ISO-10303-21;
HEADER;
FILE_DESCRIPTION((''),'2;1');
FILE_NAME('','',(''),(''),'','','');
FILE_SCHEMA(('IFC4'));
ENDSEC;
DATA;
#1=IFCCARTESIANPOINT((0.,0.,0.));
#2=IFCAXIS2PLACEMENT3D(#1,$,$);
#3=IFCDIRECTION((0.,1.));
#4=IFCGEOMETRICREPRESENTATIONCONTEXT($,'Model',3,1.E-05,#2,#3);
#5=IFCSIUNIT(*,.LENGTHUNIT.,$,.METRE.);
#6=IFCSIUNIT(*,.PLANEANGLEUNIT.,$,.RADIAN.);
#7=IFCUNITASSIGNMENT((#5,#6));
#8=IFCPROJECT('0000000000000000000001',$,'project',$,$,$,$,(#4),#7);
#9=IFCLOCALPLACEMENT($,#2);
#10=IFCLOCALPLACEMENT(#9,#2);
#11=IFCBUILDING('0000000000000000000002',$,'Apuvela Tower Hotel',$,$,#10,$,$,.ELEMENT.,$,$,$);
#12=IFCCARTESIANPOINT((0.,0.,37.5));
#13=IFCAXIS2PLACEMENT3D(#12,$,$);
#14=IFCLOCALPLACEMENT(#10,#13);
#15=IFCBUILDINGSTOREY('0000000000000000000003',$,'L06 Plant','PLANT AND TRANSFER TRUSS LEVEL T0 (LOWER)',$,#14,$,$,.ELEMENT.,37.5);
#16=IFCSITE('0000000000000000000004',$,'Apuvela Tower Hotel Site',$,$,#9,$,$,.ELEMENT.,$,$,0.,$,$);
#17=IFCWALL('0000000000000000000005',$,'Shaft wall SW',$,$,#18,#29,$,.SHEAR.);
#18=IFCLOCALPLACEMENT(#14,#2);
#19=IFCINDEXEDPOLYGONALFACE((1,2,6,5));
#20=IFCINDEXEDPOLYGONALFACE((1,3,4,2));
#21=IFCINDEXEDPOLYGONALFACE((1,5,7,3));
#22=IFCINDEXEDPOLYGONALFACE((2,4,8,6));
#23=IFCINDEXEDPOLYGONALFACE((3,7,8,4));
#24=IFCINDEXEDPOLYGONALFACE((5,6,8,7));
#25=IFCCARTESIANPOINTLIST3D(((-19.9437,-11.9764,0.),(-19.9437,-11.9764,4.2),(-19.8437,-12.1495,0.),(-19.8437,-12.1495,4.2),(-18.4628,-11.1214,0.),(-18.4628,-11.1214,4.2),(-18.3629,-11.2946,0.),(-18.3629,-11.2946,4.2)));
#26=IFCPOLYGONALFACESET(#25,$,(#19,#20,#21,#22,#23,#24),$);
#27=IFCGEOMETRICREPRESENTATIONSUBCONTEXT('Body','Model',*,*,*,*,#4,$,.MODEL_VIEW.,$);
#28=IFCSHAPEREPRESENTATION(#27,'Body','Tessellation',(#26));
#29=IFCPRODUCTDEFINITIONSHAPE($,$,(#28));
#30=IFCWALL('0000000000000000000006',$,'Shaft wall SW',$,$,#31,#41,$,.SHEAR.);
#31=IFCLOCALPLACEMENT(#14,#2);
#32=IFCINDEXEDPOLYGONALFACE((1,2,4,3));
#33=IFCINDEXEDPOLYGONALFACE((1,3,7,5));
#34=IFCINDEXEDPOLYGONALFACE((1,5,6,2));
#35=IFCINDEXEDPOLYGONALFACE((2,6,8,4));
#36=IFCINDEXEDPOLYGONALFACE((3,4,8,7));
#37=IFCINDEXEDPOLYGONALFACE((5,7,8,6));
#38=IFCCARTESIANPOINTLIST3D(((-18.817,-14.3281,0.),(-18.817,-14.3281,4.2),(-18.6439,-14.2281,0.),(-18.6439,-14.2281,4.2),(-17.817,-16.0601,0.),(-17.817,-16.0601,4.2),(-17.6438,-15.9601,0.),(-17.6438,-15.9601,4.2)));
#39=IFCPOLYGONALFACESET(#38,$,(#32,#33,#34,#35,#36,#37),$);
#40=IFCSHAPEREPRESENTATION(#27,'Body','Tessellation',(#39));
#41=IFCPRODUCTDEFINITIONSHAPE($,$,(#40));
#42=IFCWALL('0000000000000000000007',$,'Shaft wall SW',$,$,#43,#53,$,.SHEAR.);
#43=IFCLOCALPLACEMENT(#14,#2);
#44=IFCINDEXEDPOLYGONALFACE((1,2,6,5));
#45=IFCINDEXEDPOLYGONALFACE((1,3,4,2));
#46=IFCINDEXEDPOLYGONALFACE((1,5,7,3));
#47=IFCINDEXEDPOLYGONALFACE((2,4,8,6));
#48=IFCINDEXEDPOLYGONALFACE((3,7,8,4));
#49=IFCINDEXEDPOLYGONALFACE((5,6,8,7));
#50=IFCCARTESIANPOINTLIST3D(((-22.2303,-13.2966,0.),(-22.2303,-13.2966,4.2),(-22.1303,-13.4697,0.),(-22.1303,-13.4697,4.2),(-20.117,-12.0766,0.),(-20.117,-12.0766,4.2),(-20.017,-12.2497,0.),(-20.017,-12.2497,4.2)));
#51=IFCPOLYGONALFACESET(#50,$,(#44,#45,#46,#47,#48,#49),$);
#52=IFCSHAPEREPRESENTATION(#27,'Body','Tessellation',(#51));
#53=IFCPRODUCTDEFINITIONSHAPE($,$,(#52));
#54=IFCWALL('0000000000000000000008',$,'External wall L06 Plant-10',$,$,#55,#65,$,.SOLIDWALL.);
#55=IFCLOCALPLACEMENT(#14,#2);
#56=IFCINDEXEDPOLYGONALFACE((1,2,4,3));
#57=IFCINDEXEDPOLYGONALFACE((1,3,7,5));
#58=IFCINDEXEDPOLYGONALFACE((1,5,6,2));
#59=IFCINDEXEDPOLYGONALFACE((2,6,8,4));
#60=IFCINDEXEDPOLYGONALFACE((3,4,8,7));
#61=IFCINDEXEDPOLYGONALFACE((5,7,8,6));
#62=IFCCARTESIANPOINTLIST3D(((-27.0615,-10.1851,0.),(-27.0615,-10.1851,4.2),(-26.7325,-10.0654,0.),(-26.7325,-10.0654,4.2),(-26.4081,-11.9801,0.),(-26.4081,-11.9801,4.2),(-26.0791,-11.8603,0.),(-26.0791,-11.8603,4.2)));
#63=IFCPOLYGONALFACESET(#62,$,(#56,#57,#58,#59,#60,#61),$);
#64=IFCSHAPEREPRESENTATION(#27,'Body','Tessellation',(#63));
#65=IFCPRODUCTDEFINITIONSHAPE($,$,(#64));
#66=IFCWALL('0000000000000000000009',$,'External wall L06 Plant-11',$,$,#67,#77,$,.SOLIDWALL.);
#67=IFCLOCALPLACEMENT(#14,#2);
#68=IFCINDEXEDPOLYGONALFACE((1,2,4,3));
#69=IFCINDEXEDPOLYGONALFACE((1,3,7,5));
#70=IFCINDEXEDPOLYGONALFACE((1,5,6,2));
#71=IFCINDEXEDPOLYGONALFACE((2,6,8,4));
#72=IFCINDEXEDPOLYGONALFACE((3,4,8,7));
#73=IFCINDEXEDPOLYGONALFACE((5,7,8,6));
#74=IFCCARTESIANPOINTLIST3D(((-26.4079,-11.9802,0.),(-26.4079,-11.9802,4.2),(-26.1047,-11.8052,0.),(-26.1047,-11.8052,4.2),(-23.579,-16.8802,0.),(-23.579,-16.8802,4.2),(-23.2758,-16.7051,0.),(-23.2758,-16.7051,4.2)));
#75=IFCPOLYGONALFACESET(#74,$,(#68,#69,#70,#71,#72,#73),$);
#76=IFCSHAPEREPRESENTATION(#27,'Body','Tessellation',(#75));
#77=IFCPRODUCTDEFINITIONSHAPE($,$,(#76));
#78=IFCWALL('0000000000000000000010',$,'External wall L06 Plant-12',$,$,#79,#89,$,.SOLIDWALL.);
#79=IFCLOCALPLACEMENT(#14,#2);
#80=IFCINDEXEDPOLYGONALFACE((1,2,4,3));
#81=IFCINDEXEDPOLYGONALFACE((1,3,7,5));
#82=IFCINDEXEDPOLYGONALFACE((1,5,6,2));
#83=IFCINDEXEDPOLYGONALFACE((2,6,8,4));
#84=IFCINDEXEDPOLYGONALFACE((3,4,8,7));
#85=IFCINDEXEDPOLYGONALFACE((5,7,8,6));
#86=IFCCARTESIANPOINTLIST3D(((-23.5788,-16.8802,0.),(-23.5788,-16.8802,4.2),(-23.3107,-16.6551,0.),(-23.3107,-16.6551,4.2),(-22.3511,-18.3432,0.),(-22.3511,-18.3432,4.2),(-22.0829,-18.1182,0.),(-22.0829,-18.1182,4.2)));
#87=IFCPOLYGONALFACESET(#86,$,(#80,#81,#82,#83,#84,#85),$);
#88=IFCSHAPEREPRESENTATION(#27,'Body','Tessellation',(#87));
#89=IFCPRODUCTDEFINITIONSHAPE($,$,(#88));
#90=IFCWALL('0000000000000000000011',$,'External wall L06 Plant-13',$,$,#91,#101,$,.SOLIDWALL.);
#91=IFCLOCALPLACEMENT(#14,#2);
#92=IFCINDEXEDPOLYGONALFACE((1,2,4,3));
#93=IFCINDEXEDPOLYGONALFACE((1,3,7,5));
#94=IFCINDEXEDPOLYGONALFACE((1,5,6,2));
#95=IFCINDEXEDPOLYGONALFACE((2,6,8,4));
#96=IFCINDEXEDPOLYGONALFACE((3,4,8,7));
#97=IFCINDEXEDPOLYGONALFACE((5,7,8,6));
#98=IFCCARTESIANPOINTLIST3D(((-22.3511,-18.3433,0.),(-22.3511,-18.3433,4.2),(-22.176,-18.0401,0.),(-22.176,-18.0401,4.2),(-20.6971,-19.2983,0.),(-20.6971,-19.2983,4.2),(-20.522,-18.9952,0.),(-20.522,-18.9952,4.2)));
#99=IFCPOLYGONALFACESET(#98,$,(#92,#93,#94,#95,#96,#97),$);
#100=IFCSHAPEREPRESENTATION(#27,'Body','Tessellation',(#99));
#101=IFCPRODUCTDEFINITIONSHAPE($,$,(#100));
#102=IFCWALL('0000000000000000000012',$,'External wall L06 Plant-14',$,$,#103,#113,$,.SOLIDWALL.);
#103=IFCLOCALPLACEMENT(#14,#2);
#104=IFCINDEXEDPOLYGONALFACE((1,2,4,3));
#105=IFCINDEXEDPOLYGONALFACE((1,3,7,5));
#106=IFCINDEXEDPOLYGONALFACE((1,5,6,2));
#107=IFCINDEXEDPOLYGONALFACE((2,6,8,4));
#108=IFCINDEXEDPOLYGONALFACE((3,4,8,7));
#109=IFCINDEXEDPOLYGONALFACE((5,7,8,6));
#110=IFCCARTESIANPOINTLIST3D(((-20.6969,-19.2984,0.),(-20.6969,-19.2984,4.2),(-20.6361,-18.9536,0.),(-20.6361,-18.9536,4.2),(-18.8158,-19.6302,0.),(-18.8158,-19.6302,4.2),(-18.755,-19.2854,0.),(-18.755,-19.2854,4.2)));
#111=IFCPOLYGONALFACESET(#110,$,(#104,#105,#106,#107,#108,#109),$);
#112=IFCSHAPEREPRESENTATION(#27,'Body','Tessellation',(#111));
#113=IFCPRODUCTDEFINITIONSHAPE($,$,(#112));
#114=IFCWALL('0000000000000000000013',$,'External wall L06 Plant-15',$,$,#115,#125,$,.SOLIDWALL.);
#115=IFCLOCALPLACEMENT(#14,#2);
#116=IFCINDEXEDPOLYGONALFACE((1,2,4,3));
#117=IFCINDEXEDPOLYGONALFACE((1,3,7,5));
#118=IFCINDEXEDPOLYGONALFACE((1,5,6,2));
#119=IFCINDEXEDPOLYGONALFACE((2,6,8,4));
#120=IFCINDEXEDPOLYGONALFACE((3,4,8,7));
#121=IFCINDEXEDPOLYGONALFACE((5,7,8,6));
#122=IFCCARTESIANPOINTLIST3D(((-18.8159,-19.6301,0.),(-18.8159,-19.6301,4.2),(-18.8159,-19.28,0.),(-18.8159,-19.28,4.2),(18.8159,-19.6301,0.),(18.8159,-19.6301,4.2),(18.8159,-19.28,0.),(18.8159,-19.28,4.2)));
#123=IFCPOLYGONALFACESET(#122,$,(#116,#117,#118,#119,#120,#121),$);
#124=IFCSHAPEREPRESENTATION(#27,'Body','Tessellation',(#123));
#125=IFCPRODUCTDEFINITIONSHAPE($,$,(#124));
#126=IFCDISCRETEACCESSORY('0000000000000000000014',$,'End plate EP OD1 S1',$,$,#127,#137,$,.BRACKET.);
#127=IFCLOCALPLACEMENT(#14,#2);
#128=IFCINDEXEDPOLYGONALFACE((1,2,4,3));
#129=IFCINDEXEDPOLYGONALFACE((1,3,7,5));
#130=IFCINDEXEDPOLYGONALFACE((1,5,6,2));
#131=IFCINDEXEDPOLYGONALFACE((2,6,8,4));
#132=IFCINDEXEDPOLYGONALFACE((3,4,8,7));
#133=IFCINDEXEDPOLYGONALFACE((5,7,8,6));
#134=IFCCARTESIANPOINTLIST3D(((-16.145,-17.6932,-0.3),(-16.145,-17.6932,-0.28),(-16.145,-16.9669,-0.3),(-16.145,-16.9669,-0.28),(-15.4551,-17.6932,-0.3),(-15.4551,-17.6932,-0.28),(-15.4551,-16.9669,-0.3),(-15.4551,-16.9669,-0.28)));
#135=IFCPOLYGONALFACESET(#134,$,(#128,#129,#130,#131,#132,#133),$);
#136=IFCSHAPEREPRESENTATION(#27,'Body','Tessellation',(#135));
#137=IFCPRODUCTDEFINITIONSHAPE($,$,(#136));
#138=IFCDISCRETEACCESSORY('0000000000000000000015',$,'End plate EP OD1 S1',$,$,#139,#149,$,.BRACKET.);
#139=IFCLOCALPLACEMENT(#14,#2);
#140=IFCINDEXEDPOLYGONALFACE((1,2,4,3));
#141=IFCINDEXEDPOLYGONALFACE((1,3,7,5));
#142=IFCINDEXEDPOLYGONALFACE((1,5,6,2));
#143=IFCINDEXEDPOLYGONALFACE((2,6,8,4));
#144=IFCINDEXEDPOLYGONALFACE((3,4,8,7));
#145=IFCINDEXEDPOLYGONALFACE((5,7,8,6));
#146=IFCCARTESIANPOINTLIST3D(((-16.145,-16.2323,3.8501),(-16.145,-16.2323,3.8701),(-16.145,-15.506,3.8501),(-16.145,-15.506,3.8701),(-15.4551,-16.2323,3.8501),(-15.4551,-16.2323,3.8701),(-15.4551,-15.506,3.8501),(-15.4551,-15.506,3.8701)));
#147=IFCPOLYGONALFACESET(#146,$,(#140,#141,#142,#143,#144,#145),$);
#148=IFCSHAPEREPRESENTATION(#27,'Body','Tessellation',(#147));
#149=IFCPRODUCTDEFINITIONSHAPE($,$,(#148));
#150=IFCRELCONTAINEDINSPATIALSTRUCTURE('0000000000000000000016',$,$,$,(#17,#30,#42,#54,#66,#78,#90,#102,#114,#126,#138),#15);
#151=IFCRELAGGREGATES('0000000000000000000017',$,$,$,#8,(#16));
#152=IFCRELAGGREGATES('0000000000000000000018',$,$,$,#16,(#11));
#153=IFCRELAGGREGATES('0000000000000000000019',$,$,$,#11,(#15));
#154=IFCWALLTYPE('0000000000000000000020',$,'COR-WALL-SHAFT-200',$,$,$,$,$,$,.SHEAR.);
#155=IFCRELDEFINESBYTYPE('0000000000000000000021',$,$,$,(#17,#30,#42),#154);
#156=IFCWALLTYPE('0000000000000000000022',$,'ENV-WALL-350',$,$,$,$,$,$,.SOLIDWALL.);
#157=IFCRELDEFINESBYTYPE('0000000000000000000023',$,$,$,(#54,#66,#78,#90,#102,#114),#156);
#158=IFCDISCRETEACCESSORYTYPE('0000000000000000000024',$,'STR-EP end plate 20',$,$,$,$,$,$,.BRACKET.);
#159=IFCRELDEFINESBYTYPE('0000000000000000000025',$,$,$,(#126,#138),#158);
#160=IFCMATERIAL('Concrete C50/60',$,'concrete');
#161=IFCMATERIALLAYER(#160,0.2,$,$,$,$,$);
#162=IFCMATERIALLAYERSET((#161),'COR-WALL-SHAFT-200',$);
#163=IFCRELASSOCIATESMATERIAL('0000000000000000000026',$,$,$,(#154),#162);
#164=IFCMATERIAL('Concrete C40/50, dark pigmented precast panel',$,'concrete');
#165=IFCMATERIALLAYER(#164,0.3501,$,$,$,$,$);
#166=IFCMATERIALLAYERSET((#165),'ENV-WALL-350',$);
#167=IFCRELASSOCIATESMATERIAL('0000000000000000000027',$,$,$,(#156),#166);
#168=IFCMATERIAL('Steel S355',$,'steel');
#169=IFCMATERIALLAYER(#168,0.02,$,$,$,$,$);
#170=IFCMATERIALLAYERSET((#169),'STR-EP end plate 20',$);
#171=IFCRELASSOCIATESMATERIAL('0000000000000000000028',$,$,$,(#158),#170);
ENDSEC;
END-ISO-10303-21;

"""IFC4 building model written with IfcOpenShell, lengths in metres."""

from ifc_helpers import new_model, si_unit, direction, frame, frame_2d, origin, origin_2d, place, context, subcontext, project, spatial, rectangle, extrude, material, layer, layer_set, type_object, element, save


model = new_model("IFC4")

# Units and contexts
model_context = context("Model", 3, precision=1e-05, world=origin(), true_north=direction((0.0, 1.0)))
body_context = subcontext(model_context, "Body", "Model", "MODEL_VIEW")
ifc_project = project(units=[si_unit("LENGTHUNIT", "METRE"), si_unit("PLANEANGLEUNIT", "RADIAN")], contexts=[model_context])

# Site, building, storey
site_placement = place(None, origin())
site = spatial("IfcSite", under=ifc_project, at=site_placement, Name="Apuvela Tower Hotel Site", CompositionType="ELEMENT", RefElevation=0.0)
building_placement = place(site_placement, origin())
building = spatial("IfcBuilding", under=site, at=building_placement, Name="Apuvela Tower Hotel", CompositionType="ELEMENT")
storey_placement = place(building_placement, frame((0.0, 0.0, 37.5)))
storey = spatial("IfcBuildingStorey", under=building, at=storey_placement, Name="L06 Plant", Description="PLANT AND TRANSFER TRUSS LEVEL T0 (LOWER)", CompositionType="ELEMENT", Elevation=37.5)

# Shared definitions
ifc_material_1 = material(Name="Steel S355", Category="steel")

# Shared definitions
ifc_material_2 = material(Name="Concrete C50/60", Category="concrete")
ifc_layer_1 = layer(ifc_material_2, 0.2)
ifc_layer_set_1 = layer_set([ifc_layer_1], Name="COR-WALL-SHAFT-200")
wall_type_1 = type_object("IfcWallType", Name="COR-WALL-SHAFT-200", PredefinedType="SHEAR", material=ifc_layer_set_1)

# Walls
wall_1_placement = place(storey_placement, frame((-18.4128, -11.208, 0.0), z_axis=(0.0, 0.0, 1.0), x_axis=(-0.866038, -0.499978, 0.0)))
element("IfcWall", 1, at=wall_1_placement, inside=storey, type_object=wall_type_1, Name="Shaft wall SW", PredefinedType="SHEAR", context=body_context, shape_type="SweptSolid", body=[
    extrude(rectangle(XDim=1.71, YDim=0.2, at=frame_2d((0.855, 0.0))), origin(), (0.0, 0.0, 1.0), 4.2),
])
wall_2_placement = place(storey_placement, frame((-18.7305, -14.2781, 0.0), z_axis=(0.0, 0.0, 1.0), x_axis=(0.500025, -0.866011, 0.0)))
element("IfcWall", 2, at=wall_2_placement, inside=storey, type_object=wall_type_1, Name="Shaft wall SW", PredefinedType="SHEAR", context=body_context, shape_type="SweptSolid", body=[
    extrude(rectangle(XDim=2.0, YDim=0.2, at=frame_2d((1.0, 0.0))), origin(), (0.0, 0.0, 1.0), 4.2),
])
wall_3_placement = place(storey_placement, frame((-20.0669, -12.1631, 0.0), z_axis=(0.0, 0.0, 1.0), x_axis=(-0.866049, -0.499959, 0.0)))
element("IfcWall", 3, at=wall_3_placement, inside=storey, type_object=wall_type_1, Name="Shaft wall SW", PredefinedType="SHEAR", context=body_context, shape_type="SweptSolid", body=[
    extrude(rectangle(XDim=2.4402, YDim=0.2, at=frame_2d((1.2202, 0.0))), origin(), (0.0, 0.0, 1.0), 4.2),
])
ifc_material_3 = material(Name="Concrete C40/50, dark pigmented precast panel", Category="concrete")
ifc_layer_2 = layer(ifc_material_3, 0.3501)
ifc_layer_set_2 = layer_set([ifc_layer_2], Name="ENV-WALL-350")
wall_type_2 = type_object("IfcWallType", Name="ENV-WALL-350", PredefinedType="SOLIDWALL", material=ifc_layer_set_2)
wall_4_placement = place(storey_placement, frame((-26.897, -10.1252, 0.0), z_axis=(0.0, 0.0, 1.0), x_axis=(0.34203, -0.939689, 0.0)))
element("IfcWall", 4, at=wall_4_placement, inside=storey, type_object=wall_type_2, Name="External wall L06 Plant-10", PredefinedType="SOLIDWALL", context=body_context, shape_type="SweptSolid", body=[
    extrude(rectangle(XDim=1.9102, YDim=0.3501, at=frame_2d((0.9551, 0.0))), origin(), (0.0, 0.0, 1.0), 4.2),
])
wall_5_placement = place(storey_placement, frame((-26.2563, -11.8926, 0.0), z_axis=(0.0, 0.0, 1.0), x_axis=(0.499986, -0.866033, 0.0)))
element("IfcWall", 5, at=wall_5_placement, inside=storey, type_object=wall_type_2, Name="External wall L06 Plant-11", PredefinedType="SOLIDWALL", context=body_context, shape_type="SweptSolid", body=[
    extrude(rectangle(XDim=5.658, YDim=0.3501, at=frame_2d((2.8291, 0.0))), origin(), (0.0, 0.0, 1.0), 4.2),
])
for number, where, z_axis, x_axis, name in (
    (6, (-23.4448, -16.7676, 0.0), (0.0, 0.0, 1.0), (0.642808, -0.766027, 0.0), "External wall L06 Plant-12"),
    (7, (-22.2637, -18.1917, 0.0), (0.0, 0.0, 1.0), (0.866, -0.500043, 0.0), "External wall L06 Plant-13"),
):
    element("IfcWall", number, at=place(storey_placement, frame(where, z_axis=z_axis, x_axis=x_axis)), inside=storey, type_object=wall_type_2, Name=name, PredefinedType="SOLIDWALL", context=body_context, shape_type="SweptSolid", body=[
        extrude(rectangle(XDim=1.9099, YDim=0.3501, at=frame_2d((0.9551, 0.0))), origin(), (0.0, 0.0, 1.0), 4.2),
    ])
wall_6_placement = place(storey_placement, frame((-20.6665, -19.126, 0.0), z_axis=(0.0, 0.0, 1.0), x_axis=(0.984799, -0.173698, 0.0)))
element("IfcWall", 8, at=wall_6_placement, inside=storey, type_object=wall_type_2, Name="External wall L06 Plant-14", PredefinedType="SOLIDWALL", context=body_context, shape_type="SweptSolid", body=[
    extrude(rectangle(XDim=1.9102, YDim=0.3501, at=frame_2d((0.9551, 0.0))), origin(), (0.0, 0.0, 1.0), 4.2),
])
wall_7_placement = place(storey_placement, frame((-18.8159, -19.4551, 0.0), z_axis=(0.0, 0.0, 1.0), x_axis=(1.0, 0.0, 0.0)))
element("IfcWall", 9, at=wall_7_placement, inside=storey, type_object=wall_type_2, Name="External wall L06 Plant-15", PredefinedType="SOLIDWALL", context=body_context, shape_type="SweptSolid", body=[
    extrude(rectangle(XDim=37.6318, YDim=0.3501, at=frame_2d((18.8159, 0.0))), origin(), (0.0, 0.0, 1.0), 4.2),
])

# Discrete accessories
ifc_layer_3 = layer(ifc_material_1, 0.02)
ifc_layer_set_3 = layer_set([ifc_layer_3], Name="STR-EP end plate 20")
discrete_accessory_type = type_object("IfcDiscreteAccessoryType", Name="STR-EP end plate 20", PredefinedType="BRACKET", material=ifc_layer_set_3)
for number, where, z_axis, x_axis, name in (
    (10, (-15.8, -17.3301, -0.3), (0.0, 0.0, 1.0), (0.0, 1.0, 0.0), "End plate EP OD1 S1"),
    (11, (-15.8, -15.8691, 3.8501), (0.0, 0.0, 1.0), (0.0, 1.0, 0.0), "End plate EP OD1 S1"),
):
    element("IfcDiscreteAccessory", number, at=place(storey_placement, frame(where, z_axis=z_axis, x_axis=x_axis)), inside=storey, type_object=discrete_accessory_type, Name=name, PredefinedType="BRACKET", context=body_context, shape_type="SweptSolid", body=[
        extrude(rectangle(XDim=0.7263, YDim=0.6899, at=origin_2d()), origin(), (0.0, 0.0, 1.0), 0.02),
    ])

save(model, "model.ifc")
